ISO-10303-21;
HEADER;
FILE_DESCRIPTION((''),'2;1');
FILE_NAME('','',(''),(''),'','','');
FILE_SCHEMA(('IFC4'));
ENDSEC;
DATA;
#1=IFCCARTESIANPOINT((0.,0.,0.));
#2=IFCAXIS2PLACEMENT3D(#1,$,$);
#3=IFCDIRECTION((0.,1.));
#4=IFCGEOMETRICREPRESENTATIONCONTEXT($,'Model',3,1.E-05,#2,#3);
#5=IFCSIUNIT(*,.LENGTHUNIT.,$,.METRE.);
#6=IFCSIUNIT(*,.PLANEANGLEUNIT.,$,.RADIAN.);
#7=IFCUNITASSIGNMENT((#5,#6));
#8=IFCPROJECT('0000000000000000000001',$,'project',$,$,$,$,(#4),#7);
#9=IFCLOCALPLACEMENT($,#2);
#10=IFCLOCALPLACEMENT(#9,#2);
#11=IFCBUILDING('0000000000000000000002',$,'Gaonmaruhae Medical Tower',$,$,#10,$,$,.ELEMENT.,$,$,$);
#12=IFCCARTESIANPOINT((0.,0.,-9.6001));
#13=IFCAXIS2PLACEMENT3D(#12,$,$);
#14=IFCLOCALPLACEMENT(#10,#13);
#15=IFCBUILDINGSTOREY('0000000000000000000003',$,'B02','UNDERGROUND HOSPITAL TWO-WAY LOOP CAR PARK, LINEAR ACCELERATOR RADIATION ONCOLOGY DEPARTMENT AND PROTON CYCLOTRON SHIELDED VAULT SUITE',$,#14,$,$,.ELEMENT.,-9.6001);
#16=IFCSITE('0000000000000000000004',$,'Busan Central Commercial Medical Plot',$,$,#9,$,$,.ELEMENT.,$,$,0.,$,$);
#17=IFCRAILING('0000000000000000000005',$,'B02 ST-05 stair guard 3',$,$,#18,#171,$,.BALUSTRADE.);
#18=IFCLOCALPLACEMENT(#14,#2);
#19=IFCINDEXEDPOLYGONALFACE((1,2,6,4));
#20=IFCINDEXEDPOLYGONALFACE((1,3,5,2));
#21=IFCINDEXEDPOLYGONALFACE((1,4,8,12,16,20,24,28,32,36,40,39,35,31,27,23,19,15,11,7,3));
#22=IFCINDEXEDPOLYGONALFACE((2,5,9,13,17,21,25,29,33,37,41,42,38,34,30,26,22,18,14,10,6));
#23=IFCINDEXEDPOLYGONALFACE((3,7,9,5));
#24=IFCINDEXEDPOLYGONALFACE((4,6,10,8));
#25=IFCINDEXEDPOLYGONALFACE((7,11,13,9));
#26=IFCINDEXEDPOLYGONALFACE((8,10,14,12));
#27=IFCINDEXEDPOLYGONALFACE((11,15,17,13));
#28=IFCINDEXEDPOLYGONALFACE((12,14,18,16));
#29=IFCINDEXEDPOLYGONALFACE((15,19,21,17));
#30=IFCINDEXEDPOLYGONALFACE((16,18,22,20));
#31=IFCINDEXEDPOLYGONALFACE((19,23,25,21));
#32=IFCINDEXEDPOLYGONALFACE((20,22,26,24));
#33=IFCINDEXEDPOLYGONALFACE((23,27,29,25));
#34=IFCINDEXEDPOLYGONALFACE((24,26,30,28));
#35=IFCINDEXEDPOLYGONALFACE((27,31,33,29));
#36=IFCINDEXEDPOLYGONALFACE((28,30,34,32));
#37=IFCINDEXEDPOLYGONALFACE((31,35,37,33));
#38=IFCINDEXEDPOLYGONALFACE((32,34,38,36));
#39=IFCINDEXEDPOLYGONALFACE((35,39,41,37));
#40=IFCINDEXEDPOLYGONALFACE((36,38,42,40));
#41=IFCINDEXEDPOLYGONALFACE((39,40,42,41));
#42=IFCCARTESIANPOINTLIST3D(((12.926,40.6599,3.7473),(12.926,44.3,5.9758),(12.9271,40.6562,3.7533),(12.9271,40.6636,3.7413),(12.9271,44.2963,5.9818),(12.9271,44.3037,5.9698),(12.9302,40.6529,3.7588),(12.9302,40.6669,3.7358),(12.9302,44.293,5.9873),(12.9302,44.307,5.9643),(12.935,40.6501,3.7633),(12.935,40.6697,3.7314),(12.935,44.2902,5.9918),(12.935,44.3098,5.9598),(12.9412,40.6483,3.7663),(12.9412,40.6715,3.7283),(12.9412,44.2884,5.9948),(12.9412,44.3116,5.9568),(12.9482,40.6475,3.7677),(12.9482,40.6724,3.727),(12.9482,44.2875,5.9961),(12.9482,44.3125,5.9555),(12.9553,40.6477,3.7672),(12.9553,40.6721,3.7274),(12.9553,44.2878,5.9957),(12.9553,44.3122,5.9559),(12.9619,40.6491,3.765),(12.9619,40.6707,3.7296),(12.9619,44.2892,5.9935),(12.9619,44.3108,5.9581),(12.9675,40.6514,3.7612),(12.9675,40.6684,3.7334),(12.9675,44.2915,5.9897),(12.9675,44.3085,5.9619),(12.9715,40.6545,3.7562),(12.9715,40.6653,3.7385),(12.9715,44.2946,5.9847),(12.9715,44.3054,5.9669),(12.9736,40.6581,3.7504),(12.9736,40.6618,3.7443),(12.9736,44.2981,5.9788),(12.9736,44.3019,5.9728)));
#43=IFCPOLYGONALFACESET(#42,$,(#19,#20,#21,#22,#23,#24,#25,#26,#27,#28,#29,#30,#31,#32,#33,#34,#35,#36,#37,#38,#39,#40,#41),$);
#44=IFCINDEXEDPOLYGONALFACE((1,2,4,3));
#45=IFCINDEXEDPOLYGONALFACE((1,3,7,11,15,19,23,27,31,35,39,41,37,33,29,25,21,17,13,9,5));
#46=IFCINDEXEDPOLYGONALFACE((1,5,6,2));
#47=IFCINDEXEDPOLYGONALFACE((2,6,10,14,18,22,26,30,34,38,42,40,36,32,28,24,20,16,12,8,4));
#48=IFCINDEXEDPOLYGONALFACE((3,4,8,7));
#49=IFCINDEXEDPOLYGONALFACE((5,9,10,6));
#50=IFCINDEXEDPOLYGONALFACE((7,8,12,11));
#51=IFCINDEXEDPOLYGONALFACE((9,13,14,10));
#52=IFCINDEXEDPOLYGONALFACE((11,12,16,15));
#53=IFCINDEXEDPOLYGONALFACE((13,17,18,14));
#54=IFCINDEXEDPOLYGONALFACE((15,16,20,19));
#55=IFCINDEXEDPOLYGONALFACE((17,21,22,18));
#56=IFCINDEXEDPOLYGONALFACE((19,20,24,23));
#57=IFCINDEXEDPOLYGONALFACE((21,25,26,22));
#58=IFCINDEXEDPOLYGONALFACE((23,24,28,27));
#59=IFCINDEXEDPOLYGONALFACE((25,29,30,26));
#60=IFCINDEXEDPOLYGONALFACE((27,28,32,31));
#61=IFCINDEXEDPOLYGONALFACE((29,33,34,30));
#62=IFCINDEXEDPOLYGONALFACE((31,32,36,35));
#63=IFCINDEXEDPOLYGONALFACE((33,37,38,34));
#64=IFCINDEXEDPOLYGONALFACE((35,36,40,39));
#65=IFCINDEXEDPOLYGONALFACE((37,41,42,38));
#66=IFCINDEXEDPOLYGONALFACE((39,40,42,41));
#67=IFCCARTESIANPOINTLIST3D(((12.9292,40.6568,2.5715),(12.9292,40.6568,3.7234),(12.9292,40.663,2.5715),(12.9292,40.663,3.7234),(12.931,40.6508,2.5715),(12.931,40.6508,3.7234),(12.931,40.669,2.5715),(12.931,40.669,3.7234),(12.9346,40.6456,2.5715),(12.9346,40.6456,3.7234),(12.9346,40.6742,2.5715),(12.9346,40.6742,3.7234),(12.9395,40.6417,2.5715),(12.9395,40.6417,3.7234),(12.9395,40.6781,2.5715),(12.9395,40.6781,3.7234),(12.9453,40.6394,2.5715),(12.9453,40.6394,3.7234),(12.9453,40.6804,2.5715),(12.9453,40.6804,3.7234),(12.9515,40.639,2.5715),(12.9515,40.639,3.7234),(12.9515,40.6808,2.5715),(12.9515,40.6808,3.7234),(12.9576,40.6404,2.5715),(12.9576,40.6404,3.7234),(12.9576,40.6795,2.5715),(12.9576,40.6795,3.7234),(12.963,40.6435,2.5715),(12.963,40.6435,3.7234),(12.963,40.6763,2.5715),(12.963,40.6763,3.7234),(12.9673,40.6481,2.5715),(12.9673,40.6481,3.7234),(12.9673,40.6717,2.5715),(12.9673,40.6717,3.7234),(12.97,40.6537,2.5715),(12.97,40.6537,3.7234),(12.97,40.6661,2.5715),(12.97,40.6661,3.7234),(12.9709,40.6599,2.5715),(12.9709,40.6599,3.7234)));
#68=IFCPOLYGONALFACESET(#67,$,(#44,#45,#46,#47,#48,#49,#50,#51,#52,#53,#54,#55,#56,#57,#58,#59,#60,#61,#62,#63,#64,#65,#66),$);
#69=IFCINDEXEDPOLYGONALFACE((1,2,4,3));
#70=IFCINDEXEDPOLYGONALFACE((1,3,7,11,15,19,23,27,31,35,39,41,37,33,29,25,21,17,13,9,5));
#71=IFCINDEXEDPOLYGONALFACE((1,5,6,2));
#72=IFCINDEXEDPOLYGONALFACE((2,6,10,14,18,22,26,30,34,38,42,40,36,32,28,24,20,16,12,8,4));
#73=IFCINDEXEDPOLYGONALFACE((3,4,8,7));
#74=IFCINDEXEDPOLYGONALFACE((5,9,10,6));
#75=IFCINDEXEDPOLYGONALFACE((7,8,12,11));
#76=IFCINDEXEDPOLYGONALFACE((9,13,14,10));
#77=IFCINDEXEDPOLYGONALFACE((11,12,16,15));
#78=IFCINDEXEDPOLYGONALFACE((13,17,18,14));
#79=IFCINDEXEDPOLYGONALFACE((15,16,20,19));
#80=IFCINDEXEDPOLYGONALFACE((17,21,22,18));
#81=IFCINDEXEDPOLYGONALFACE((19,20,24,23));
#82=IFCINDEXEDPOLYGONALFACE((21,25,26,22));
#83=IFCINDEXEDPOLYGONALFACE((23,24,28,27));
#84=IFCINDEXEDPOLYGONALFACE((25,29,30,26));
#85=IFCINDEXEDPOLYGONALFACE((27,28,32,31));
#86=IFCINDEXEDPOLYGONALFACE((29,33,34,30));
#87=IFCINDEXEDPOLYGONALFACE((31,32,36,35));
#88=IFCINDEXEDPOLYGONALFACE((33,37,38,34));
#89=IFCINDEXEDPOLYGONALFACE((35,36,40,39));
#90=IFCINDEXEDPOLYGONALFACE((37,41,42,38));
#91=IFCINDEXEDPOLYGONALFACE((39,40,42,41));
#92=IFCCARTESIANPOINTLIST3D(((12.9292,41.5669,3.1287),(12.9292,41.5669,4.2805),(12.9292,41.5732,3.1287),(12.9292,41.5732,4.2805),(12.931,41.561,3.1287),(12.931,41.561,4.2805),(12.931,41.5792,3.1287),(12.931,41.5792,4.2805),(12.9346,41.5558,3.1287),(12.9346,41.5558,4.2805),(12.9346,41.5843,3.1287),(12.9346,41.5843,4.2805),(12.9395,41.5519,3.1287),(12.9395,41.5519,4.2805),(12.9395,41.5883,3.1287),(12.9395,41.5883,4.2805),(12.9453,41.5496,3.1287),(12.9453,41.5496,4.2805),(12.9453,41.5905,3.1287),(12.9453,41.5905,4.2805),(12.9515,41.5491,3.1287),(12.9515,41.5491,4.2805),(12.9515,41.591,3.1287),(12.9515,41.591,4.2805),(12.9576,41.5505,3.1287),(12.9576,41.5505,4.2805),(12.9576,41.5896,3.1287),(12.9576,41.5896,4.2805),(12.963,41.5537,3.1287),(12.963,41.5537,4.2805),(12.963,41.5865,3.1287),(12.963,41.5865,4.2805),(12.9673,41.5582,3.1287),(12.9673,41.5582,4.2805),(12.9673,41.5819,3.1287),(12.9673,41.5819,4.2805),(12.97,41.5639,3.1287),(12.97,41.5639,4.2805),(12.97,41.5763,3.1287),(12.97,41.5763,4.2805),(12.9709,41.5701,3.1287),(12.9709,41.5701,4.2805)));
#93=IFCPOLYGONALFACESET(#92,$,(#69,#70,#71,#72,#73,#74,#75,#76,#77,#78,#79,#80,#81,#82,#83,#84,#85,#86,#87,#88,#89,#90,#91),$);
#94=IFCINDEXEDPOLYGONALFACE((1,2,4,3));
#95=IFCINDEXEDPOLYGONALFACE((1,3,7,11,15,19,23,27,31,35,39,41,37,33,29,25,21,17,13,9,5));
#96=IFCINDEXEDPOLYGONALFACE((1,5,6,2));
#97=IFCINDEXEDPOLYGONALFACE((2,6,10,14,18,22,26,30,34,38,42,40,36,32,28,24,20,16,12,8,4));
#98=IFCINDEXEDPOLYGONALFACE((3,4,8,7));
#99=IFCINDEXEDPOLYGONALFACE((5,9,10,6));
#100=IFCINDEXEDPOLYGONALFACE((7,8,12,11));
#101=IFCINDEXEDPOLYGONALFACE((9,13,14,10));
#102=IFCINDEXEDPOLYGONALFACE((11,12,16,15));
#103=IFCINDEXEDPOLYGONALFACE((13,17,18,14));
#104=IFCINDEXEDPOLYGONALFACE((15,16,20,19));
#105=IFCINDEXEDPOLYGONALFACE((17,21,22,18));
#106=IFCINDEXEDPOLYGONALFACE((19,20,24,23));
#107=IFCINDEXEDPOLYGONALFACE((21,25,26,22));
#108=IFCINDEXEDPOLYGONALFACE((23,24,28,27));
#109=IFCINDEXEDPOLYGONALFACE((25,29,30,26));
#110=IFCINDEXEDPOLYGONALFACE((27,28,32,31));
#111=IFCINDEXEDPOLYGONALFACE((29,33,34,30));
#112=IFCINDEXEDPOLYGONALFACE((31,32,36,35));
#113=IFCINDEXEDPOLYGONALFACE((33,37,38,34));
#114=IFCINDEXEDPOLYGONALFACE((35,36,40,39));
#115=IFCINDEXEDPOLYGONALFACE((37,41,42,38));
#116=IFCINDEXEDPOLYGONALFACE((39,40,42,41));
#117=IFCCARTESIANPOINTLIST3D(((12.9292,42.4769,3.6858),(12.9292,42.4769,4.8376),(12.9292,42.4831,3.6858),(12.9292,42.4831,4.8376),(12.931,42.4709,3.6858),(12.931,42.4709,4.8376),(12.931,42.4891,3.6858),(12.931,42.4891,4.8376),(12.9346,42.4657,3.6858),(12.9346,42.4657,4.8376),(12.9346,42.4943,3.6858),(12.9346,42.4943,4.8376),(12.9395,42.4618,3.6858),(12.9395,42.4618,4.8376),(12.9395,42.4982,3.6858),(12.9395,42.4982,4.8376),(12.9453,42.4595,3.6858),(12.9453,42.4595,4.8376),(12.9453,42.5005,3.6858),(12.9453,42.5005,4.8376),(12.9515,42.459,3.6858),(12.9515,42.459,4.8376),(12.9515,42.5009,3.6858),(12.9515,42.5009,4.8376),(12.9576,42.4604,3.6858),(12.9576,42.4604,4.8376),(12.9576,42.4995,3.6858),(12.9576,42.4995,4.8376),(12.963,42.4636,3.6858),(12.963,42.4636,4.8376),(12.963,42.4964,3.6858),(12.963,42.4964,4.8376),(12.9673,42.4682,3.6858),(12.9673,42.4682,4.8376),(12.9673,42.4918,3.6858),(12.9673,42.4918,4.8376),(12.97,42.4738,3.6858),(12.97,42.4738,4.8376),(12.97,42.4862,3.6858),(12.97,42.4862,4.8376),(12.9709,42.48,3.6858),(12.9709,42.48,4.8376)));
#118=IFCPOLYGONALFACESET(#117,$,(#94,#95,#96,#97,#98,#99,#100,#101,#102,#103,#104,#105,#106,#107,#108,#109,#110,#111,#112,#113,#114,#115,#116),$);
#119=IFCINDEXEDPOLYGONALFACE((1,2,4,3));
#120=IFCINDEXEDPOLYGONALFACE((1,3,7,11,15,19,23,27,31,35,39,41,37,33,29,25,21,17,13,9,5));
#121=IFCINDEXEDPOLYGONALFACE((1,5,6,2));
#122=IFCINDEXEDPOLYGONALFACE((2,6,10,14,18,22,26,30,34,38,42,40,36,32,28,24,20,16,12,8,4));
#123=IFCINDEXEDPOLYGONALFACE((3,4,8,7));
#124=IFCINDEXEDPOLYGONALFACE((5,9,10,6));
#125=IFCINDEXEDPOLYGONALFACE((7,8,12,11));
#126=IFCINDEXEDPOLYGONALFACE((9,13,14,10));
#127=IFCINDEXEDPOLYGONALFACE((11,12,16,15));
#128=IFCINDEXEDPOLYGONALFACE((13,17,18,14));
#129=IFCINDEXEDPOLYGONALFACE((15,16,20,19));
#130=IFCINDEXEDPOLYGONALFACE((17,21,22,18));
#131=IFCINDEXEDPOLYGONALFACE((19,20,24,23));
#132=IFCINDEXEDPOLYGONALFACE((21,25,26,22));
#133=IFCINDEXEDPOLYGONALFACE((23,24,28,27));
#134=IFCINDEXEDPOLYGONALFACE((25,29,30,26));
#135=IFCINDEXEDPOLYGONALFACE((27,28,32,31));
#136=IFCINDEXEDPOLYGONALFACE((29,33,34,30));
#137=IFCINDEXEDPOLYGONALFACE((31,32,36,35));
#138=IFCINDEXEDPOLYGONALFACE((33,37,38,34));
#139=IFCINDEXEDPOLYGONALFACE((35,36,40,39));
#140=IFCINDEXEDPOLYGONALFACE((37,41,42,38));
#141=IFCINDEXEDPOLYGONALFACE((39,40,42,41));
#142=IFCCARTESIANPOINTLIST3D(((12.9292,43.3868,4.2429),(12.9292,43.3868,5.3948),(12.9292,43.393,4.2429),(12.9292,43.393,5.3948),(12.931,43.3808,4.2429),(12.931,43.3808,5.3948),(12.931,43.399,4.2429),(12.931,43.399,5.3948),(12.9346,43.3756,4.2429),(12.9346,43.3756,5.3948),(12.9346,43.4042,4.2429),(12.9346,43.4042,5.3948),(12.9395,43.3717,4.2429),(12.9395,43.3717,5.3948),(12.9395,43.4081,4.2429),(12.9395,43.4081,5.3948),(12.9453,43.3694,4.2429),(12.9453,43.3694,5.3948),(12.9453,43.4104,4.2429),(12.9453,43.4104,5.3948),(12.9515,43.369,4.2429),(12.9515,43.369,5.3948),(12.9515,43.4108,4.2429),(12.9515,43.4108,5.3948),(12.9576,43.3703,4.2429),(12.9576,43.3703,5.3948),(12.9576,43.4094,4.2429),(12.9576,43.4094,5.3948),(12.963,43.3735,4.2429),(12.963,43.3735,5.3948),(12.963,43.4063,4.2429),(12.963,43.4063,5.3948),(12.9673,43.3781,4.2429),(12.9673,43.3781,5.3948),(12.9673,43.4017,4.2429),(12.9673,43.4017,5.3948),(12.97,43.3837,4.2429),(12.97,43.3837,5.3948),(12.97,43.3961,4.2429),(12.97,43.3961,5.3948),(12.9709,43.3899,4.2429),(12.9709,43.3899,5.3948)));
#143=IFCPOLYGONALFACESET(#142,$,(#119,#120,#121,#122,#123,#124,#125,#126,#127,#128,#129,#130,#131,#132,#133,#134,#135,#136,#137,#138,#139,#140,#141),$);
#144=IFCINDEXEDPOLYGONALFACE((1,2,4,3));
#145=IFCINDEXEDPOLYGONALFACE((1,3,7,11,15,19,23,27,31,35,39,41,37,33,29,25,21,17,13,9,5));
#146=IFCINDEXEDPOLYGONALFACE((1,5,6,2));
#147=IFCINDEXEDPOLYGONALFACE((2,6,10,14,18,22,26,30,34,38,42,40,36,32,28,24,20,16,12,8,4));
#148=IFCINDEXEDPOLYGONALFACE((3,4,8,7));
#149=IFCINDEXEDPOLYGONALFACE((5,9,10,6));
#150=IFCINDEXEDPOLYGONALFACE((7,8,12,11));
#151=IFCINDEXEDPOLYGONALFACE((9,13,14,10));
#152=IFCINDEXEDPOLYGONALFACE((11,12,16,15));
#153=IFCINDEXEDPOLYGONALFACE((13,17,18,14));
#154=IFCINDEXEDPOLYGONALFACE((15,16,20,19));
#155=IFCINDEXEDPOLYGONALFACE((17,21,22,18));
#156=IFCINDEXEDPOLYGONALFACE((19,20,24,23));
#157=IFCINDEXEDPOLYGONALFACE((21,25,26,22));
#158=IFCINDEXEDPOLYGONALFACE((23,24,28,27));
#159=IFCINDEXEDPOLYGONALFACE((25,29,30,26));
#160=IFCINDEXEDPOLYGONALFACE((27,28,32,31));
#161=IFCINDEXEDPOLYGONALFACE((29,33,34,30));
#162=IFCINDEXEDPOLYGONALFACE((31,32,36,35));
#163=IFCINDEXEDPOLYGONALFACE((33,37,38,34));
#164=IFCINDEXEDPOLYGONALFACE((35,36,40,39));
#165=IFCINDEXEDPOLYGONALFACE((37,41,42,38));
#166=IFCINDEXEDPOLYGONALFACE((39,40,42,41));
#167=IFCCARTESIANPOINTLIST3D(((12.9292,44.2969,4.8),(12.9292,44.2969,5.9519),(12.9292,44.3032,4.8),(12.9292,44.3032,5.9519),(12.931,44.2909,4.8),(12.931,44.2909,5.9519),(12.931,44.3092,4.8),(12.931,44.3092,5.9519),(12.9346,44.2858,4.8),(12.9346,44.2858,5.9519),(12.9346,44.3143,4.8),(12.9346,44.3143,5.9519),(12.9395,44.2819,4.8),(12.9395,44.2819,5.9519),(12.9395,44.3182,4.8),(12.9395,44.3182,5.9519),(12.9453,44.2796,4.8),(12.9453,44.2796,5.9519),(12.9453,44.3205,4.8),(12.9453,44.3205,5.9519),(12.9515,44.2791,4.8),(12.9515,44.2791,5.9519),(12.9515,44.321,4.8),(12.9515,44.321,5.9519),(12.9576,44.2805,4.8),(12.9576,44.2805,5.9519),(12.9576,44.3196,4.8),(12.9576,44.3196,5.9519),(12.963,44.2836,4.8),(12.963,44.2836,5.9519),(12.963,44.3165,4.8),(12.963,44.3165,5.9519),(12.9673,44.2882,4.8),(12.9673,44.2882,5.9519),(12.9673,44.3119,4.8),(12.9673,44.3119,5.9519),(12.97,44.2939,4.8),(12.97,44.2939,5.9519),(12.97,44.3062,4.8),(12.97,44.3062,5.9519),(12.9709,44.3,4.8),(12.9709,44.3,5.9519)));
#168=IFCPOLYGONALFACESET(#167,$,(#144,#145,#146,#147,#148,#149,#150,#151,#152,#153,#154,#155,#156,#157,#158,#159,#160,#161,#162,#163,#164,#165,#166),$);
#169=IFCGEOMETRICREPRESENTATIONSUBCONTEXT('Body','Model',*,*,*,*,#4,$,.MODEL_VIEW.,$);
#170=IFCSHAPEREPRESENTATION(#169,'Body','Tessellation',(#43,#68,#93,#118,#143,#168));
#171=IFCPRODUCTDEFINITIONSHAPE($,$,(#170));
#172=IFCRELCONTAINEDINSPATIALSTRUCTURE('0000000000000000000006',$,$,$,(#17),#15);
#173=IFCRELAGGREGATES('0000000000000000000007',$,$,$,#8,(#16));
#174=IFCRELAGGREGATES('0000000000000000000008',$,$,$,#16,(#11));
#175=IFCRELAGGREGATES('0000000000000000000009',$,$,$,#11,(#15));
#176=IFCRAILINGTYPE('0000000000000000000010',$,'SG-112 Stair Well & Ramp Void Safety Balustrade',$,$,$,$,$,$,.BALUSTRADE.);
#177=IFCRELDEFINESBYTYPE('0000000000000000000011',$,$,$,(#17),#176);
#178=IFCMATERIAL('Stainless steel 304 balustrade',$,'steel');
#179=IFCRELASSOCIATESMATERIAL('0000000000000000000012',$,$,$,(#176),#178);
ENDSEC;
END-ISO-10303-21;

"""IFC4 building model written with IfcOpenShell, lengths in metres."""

from ifc_helpers import new_model, si_unit, direction, frame, origin, origin_2d, place, context, subcontext, project, spatial, circle, extrude, material, type_object, element, save


model = new_model("IFC4")

# Units and contexts
model_context = context("Model", 3, precision=1e-05, world=origin(), true_north=direction((0.0, 1.0)))
body_context = subcontext(model_context, "Body", "Model", "MODEL_VIEW")
ifc_project = project(units=[si_unit("LENGTHUNIT", "METRE"), si_unit("PLANEANGLEUNIT", "RADIAN")], contexts=[model_context])

# Site, building, storey
site_placement = place(None, origin())
site = spatial("IfcSite", under=ifc_project, at=site_placement, Name="Busan Central Commercial Medical Plot", CompositionType="ELEMENT", RefElevation=0.0)
building_placement = place(site_placement, origin())
building = spatial("IfcBuilding", under=site, at=building_placement, Name="Gaonmaruhae Medical Tower", CompositionType="ELEMENT")
storey_placement = place(building_placement, frame((0.0, 0.0, -9.6001)))
storey = spatial("IfcBuildingStorey", under=building, at=storey_placement, Name="B02", Description="UNDERGROUND HOSPITAL TWO-WAY LOOP CAR PARK, LINEAR ACCELERATOR RADIATION ONCOLOGY DEPARTMENT AND PROTON CYCLOTRON SHIELDED VAULT SUITE", CompositionType="ELEMENT", Elevation=-9.6001)

# Railing
ifc_material_1 = material(Name="Stainless steel 304 balustrade", Category="steel")
railing_type_1 = type_object("IfcRailingType", Name="SG-112 Stair Well & Ramp Void Safety Balustrade", PredefinedType="BALUSTRADE", material=ifc_material_1)
railing_1_placement = place(storey_placement, frame((12.95, 40.6599, 2.5715)))
element("IfcRailing", 1, at=railing_1_placement, inside=storey, type_object=railing_type_1, Name="B02 ST-05 stair guard 3", PredefinedType="BALUSTRADE", context=body_context, shape_type="SweptSolid", body=[
    extrude(circle(Radius=0.0239, at=origin_2d()), frame((0.0, 0.0, 1.1758), z_axis=(0.0, 0.852866, 0.52213), x_axis=(-1.0, 0.0, 0.0)), (0.0, 0.0, 1.0), 4.2681),
    extrude(circle(Radius=0.021, at=origin_2d()), origin(), (0.0, 0.0, 1.0), 1.1519),
    extrude(circle(Radius=0.021, at=origin_2d()), frame((0.0, 0.9102, 0.5571)), (0.0, 0.0, 1.0), 1.1519),
    extrude(circle(Radius=0.021, at=origin_2d()), frame((0.0, 1.8201, 1.1143)), (0.0, 0.0, 1.0), 1.1519),
    extrude(circle(Radius=0.021, at=origin_2d()), frame((0.0, 2.73, 1.6714)), (0.0, 0.0, 1.0), 1.1519),
    extrude(circle(Radius=0.021, at=origin_2d()), frame((0.0, 3.6401, 2.2285)), (0.0, 0.0, 1.0), 1.1519),
])

save(model, "model.ifc")
